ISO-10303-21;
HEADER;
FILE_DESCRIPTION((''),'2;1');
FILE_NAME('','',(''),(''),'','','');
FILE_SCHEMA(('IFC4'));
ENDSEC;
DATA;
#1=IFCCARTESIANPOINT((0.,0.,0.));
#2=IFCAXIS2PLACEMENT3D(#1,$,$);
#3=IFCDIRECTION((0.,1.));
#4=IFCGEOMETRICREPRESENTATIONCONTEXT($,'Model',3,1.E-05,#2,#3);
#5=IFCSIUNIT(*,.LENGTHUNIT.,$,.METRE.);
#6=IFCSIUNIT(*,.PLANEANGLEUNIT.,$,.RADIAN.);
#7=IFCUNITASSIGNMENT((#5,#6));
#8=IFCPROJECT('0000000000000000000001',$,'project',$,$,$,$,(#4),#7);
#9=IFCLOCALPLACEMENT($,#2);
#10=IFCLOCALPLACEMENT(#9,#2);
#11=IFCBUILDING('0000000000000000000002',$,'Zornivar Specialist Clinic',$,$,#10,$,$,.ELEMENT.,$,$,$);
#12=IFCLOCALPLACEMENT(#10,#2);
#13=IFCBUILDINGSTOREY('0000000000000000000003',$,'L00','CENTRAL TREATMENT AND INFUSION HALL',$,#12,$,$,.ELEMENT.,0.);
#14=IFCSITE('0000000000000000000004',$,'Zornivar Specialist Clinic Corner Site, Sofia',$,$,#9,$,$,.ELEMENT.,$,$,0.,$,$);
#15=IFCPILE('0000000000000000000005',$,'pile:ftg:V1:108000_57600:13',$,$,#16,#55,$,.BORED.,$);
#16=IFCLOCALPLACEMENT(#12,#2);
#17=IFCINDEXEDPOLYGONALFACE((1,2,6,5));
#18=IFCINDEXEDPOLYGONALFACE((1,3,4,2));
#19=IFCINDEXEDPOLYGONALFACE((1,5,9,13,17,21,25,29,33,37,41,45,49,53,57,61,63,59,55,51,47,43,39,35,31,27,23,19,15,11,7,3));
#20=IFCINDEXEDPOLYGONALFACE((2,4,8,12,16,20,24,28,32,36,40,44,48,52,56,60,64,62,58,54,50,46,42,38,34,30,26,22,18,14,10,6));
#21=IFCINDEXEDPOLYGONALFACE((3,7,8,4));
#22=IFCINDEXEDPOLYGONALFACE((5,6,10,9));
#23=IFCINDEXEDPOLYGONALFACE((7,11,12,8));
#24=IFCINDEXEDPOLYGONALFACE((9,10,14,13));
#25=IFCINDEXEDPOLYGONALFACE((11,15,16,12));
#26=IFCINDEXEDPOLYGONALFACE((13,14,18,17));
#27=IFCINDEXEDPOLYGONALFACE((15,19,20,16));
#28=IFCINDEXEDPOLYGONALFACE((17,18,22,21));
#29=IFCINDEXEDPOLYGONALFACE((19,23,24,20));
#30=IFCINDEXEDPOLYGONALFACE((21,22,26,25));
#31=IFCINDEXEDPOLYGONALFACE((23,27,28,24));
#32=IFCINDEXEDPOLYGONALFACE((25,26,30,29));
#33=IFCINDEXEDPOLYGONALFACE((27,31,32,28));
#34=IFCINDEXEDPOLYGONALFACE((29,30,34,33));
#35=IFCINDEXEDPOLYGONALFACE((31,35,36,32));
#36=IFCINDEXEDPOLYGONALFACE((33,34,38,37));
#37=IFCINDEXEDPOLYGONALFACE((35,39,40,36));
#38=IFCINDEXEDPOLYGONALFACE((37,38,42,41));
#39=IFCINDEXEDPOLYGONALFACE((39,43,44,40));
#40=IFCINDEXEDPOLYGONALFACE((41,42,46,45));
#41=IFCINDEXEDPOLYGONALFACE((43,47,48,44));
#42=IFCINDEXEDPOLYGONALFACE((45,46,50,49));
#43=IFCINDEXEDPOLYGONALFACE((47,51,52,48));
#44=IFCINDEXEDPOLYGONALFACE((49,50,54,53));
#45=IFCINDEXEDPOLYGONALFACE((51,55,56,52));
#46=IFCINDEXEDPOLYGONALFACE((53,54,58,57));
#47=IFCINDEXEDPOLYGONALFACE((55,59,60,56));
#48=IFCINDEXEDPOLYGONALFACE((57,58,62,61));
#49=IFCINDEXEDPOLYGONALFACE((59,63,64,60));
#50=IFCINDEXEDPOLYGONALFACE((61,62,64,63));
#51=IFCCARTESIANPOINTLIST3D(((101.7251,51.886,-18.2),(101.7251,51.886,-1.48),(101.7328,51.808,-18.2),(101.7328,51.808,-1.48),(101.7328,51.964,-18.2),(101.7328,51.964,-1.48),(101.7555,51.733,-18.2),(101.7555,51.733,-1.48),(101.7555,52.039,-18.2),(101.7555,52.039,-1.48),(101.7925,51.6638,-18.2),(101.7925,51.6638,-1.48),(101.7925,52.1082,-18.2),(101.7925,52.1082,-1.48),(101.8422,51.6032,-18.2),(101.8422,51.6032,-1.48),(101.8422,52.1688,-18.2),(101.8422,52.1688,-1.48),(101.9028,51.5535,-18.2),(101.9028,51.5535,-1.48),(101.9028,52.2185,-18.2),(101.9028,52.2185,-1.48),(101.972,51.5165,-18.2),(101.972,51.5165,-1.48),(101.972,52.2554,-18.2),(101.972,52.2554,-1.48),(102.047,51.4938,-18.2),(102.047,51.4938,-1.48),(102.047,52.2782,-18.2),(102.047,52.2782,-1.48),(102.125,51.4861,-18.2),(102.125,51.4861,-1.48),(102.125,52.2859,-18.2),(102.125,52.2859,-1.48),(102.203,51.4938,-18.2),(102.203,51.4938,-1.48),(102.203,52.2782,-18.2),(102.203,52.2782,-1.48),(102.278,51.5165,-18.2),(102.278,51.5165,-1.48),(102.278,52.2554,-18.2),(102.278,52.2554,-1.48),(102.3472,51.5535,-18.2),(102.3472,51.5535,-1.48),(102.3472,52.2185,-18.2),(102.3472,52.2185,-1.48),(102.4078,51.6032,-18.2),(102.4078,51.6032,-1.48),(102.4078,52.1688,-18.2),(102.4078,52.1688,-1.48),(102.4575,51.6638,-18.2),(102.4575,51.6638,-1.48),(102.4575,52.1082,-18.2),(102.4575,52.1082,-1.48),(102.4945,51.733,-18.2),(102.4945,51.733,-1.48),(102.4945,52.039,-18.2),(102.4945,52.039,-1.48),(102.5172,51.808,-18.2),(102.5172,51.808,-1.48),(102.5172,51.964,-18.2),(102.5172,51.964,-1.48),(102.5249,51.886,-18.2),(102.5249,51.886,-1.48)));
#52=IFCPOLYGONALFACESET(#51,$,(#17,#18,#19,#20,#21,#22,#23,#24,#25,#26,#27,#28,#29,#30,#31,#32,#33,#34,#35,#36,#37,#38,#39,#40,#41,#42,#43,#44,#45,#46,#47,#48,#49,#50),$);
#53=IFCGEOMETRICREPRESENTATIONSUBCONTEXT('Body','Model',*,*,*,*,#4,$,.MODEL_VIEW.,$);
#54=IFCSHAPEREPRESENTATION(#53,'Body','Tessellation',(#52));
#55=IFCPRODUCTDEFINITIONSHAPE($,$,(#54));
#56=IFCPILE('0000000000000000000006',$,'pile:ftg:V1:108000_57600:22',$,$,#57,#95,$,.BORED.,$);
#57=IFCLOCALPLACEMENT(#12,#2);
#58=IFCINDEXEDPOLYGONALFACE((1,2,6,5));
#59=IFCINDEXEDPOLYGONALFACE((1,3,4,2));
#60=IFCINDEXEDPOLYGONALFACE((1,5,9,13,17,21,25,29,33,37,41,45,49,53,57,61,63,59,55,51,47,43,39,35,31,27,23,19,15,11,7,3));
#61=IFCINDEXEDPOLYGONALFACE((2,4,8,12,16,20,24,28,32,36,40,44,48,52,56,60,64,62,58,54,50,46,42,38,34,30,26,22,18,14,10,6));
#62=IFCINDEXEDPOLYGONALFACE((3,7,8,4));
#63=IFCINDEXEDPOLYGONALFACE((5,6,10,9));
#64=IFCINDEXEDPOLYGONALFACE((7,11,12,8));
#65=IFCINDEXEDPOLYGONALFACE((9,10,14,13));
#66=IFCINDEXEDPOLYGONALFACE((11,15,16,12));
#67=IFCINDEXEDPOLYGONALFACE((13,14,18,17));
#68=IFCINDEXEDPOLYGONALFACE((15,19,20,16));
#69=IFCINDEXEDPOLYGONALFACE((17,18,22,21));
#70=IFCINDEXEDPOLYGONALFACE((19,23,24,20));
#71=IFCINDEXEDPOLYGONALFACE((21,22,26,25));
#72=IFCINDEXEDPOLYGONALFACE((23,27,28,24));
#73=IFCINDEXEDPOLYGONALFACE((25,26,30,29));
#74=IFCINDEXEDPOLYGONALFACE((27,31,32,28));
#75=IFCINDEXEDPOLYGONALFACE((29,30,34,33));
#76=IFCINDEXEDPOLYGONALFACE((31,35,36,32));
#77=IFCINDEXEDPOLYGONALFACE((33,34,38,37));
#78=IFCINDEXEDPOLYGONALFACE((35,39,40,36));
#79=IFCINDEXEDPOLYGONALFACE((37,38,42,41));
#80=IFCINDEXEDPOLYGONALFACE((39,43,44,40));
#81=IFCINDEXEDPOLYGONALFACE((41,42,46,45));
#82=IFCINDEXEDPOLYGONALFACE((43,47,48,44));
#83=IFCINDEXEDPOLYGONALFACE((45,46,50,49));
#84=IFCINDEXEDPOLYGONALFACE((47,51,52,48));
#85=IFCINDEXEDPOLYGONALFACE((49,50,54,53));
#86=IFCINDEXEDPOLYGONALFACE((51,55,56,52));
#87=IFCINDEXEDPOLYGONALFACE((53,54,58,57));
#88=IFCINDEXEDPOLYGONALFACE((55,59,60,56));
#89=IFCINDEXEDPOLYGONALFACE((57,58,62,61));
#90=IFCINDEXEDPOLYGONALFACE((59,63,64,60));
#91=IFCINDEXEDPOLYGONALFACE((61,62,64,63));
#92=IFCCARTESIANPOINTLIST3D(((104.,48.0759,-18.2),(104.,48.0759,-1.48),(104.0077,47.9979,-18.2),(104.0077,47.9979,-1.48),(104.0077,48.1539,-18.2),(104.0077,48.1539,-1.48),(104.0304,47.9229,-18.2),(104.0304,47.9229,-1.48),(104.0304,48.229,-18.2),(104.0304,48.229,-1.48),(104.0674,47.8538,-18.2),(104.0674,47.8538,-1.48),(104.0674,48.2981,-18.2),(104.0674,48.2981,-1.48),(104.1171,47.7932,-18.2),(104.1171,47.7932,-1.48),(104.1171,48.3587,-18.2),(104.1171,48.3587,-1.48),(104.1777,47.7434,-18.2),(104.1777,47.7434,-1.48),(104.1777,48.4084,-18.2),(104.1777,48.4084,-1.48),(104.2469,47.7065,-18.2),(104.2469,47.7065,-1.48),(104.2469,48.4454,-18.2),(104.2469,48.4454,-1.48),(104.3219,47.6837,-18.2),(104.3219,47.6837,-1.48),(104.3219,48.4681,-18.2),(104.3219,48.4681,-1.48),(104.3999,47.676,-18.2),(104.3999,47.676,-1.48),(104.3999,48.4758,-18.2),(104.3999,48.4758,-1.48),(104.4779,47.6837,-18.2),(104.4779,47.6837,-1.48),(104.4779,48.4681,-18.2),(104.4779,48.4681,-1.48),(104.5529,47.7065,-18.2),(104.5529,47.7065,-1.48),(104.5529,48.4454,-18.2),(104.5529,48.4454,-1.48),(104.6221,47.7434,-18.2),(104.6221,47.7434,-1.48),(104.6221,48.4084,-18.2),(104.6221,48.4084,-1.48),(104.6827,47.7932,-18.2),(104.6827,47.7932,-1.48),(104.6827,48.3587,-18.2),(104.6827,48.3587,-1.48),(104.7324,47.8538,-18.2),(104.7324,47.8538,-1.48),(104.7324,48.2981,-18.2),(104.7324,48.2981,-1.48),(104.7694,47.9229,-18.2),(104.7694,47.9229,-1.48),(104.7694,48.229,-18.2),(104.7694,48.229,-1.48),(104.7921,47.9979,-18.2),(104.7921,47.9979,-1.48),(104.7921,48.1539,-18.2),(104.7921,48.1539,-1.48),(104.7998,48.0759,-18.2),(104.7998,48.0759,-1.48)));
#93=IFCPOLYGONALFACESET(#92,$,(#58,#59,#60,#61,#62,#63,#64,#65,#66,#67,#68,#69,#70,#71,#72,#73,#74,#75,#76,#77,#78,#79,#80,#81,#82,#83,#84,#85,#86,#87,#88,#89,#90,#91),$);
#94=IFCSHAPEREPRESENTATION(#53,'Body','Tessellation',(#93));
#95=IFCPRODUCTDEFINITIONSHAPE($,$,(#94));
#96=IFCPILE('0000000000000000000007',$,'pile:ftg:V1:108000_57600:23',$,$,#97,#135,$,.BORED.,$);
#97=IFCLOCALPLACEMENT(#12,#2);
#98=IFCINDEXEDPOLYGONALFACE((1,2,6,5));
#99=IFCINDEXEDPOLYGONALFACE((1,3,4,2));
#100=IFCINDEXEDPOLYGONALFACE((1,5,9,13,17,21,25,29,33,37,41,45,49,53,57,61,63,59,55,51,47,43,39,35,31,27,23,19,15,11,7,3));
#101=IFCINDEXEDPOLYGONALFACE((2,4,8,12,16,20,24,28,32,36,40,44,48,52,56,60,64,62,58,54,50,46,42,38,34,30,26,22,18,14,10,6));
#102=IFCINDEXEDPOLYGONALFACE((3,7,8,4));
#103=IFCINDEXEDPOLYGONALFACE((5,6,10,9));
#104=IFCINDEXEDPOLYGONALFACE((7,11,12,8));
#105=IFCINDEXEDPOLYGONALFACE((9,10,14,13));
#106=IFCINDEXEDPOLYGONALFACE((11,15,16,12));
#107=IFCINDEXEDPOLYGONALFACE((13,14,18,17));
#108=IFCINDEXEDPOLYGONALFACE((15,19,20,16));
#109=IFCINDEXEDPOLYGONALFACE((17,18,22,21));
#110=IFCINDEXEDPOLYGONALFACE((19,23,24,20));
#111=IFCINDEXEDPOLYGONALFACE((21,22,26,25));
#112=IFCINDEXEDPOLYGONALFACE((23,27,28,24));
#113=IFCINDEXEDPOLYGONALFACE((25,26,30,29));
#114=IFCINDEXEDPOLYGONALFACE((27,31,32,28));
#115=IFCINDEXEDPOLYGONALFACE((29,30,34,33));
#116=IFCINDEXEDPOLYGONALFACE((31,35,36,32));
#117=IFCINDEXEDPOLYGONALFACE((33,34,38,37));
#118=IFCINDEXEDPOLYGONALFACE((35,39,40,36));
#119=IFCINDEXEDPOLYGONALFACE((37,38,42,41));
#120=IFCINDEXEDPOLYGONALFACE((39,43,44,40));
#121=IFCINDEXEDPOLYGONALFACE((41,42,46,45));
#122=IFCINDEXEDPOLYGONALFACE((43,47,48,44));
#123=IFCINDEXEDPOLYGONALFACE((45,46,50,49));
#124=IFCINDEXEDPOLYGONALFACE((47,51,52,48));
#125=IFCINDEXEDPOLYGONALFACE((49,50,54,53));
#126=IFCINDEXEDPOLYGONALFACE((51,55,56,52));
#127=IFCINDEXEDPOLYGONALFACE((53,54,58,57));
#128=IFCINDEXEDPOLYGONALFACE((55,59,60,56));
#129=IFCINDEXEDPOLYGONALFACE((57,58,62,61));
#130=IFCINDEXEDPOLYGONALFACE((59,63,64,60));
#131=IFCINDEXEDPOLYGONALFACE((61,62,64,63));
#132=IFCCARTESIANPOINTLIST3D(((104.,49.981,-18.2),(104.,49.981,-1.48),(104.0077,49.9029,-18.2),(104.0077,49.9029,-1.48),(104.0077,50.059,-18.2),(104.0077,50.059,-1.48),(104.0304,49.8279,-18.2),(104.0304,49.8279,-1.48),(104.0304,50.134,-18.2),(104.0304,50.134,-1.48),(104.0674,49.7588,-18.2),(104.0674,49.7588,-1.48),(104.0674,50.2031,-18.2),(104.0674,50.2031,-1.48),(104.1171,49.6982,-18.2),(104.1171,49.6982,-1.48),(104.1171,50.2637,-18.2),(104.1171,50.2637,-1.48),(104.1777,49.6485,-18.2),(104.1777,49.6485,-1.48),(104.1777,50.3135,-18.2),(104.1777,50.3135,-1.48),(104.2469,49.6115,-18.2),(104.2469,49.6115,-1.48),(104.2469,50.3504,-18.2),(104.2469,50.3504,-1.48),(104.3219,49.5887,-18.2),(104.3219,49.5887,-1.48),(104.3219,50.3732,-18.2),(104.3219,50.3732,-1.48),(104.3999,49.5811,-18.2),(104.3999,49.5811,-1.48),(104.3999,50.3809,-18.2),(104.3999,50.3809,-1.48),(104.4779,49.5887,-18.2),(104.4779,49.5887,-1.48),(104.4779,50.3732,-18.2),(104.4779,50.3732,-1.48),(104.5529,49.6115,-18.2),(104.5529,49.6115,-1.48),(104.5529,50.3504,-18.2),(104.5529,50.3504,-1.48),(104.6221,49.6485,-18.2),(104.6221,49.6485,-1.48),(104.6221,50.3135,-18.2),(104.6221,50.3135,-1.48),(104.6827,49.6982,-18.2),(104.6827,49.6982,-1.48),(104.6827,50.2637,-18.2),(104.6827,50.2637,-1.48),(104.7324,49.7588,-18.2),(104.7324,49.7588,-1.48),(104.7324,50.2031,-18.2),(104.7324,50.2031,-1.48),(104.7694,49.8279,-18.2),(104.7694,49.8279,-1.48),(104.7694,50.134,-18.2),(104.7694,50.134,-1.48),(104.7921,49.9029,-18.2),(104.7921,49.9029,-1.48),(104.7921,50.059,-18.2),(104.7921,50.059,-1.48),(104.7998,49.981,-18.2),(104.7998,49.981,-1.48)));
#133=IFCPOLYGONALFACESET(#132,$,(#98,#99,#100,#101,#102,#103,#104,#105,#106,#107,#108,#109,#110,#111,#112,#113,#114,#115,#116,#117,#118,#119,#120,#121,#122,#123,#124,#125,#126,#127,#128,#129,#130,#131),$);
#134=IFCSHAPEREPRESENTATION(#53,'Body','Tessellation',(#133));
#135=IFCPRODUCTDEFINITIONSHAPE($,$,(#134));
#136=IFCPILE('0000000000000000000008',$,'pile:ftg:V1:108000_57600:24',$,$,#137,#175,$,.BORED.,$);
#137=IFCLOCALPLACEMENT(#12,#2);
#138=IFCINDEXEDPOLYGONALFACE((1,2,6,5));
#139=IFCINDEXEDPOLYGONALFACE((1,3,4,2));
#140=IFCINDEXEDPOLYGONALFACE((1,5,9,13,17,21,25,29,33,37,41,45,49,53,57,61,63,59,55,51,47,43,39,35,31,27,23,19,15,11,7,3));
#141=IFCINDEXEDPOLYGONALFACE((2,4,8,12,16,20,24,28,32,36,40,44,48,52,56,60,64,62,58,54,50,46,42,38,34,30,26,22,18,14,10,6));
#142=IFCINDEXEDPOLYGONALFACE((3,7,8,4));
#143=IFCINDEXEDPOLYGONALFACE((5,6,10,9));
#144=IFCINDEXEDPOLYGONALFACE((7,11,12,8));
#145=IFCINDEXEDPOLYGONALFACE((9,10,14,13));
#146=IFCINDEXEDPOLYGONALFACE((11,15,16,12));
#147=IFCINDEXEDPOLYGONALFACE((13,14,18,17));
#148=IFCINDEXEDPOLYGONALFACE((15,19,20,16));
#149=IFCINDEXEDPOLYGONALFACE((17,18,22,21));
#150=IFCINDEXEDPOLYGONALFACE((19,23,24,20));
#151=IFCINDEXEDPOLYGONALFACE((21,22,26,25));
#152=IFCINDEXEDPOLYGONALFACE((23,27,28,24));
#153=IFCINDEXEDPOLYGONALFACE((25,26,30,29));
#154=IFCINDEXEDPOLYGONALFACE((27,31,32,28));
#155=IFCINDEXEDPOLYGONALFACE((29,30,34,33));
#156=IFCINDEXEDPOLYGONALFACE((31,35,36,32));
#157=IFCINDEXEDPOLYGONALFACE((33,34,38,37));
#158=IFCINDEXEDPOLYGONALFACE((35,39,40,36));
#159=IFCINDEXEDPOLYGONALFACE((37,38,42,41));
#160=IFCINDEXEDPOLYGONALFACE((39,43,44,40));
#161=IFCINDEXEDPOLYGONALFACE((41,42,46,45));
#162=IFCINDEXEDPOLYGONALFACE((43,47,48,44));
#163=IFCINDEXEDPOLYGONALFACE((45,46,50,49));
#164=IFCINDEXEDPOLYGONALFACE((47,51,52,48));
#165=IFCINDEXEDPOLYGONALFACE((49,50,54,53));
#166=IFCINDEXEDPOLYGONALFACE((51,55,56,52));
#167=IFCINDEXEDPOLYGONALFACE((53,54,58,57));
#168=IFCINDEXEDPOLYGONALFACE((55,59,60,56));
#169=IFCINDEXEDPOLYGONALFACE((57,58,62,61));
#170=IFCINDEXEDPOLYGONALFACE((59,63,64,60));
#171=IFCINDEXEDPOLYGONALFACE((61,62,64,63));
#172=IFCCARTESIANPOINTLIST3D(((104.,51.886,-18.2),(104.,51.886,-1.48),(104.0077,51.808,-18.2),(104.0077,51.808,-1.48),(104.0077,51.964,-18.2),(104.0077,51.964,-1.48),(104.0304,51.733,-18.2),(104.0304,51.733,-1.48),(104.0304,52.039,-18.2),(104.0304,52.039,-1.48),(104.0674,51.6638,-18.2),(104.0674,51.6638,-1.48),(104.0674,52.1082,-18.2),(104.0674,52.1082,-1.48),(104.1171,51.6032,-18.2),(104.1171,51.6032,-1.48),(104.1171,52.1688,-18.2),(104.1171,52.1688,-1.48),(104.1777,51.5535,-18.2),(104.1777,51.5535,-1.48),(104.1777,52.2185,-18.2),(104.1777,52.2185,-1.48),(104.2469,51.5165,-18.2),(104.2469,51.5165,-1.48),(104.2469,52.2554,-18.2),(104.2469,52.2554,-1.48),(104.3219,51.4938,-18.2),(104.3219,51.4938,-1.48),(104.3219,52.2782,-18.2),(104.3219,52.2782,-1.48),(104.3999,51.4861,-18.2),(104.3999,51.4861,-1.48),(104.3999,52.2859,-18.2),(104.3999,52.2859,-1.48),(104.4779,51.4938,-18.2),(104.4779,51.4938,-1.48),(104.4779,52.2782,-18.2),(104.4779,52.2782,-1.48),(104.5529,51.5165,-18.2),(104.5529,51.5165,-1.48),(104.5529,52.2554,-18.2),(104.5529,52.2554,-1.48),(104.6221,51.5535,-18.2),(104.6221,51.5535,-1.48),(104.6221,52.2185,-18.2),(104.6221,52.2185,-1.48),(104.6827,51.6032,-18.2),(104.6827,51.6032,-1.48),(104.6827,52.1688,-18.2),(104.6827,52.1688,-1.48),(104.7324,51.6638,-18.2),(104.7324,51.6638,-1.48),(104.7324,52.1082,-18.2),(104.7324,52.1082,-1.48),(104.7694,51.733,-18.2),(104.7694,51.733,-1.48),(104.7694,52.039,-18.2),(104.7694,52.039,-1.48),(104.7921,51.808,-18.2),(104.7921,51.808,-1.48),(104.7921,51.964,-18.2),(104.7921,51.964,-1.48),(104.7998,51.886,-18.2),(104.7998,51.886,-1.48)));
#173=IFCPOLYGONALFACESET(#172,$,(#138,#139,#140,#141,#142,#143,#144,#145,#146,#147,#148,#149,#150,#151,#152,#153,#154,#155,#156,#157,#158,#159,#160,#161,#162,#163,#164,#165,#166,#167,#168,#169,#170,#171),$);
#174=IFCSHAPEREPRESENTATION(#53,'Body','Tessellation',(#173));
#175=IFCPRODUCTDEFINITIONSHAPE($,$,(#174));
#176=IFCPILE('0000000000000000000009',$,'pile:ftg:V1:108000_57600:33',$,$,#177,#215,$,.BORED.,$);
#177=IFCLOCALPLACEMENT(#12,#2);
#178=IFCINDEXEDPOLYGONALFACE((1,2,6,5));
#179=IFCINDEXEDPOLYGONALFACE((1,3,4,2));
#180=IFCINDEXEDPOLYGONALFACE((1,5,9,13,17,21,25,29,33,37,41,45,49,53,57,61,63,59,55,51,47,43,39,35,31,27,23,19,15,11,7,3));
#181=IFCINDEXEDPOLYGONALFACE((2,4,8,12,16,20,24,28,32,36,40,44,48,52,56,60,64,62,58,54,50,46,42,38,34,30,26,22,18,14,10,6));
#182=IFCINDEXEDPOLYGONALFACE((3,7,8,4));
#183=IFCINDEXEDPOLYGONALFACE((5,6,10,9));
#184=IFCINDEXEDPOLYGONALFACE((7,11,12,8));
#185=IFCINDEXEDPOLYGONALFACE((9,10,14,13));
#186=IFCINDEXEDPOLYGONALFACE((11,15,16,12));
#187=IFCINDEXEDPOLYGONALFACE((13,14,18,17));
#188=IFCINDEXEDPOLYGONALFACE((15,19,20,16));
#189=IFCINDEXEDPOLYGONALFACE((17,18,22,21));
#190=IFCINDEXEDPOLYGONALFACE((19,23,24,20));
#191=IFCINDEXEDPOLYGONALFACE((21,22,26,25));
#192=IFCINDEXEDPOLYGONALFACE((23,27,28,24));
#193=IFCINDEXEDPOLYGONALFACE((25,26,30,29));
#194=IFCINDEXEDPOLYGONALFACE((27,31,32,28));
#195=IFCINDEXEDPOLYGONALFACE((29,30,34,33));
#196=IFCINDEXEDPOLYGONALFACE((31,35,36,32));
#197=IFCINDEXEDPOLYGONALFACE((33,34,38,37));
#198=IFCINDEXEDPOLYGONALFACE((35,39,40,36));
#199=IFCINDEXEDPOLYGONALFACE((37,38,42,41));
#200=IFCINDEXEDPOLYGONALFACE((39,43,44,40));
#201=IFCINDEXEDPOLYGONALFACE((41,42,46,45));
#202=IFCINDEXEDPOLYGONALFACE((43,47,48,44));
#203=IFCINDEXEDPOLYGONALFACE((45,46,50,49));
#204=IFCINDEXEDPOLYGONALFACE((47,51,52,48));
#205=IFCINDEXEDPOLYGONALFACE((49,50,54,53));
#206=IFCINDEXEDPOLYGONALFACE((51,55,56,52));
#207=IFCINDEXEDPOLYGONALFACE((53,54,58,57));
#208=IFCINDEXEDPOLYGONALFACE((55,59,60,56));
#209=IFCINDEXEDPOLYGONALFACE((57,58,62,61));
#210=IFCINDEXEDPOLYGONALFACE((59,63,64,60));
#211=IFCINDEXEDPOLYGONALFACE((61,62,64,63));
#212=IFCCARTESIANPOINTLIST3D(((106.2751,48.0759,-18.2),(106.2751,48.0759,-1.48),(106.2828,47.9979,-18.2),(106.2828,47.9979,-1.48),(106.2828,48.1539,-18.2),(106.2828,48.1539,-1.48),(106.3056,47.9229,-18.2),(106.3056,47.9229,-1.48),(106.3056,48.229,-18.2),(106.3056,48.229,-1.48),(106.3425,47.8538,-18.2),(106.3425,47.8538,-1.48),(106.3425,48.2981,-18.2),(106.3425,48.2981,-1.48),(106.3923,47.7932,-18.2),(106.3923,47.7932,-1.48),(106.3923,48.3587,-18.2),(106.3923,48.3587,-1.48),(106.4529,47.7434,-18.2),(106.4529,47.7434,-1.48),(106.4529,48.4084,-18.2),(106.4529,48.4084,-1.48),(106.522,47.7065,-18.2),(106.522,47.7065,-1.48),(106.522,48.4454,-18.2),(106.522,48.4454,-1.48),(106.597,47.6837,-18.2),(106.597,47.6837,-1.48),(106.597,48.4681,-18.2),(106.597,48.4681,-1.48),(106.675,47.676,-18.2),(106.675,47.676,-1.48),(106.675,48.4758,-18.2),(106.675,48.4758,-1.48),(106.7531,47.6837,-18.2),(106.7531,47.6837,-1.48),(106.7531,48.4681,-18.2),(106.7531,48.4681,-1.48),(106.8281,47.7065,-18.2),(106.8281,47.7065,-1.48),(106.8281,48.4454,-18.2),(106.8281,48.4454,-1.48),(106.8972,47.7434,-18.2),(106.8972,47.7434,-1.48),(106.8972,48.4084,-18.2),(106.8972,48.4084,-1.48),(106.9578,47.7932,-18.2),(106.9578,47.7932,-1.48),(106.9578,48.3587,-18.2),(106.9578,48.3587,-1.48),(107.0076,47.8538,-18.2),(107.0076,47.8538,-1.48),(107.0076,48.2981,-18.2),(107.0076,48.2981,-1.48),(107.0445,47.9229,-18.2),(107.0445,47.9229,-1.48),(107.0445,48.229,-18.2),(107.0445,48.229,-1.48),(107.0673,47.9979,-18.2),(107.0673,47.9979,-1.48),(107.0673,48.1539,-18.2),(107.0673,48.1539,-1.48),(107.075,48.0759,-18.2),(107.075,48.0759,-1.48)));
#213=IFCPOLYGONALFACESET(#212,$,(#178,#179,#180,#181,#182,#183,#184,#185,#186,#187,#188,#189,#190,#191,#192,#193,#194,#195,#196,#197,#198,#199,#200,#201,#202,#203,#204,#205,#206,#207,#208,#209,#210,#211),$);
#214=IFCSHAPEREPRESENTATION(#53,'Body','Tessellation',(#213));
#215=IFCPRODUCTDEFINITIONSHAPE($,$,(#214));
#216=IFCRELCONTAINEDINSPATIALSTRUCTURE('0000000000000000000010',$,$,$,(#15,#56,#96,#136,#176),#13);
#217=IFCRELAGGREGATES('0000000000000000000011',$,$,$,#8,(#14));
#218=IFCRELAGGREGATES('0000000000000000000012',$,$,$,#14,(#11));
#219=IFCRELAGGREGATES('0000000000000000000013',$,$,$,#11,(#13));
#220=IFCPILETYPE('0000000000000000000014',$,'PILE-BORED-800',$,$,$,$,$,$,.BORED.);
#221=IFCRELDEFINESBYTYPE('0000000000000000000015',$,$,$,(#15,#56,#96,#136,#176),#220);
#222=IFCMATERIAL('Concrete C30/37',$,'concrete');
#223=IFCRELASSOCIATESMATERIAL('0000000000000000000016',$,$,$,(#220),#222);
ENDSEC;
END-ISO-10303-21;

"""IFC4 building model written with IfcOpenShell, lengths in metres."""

from ifc_helpers import new_model, si_unit, direction, frame, origin, origin_2d, place, context, subcontext, project, spatial, circle, extrude, material, material_profile, profile_set, type_object, element, save


model = new_model("IFC4")

# Units and contexts
model_context = context("Model", 3, precision=1e-05, world=origin(), true_north=direction((0.0, 1.0)))
body_context = subcontext(model_context, "Body", "Model", "MODEL_VIEW")
ifc_project = project(units=[si_unit("LENGTHUNIT", "METRE"), si_unit("PLANEANGLEUNIT", "RADIAN")], contexts=[model_context])

# Site, building, storey
site_placement = place(None, origin())
site = spatial("IfcSite", under=ifc_project, at=site_placement, Name="Zornivar Specialist Clinic Corner Site, Sofia", CompositionType="ELEMENT", RefElevation=0.0)
building_placement = place(site_placement, origin())
building = spatial("IfcBuilding", under=site, at=building_placement, Name="Zornivar Specialist Clinic", CompositionType="ELEMENT")
storey_placement = place(building_placement, origin())
storey = spatial("IfcBuildingStorey", under=building, at=storey_placement, Name="L00", Description="CENTRAL TREATMENT AND INFUSION HALL", CompositionType="ELEMENT", Elevation=0.0)

# Piles
ifc_material_1 = material(Name="Concrete C30/37", Category="concrete")
ifc_material_profile_1 = material_profile(ifc_material_1, circle(Radius=0.3999, at=origin_2d()), Name="PILE D800")
ifc_profile_set_1 = profile_set([ifc_material_profile_1], Name="Concrete C30/37")
pile_type = type_object("IfcPileType", Name="PILE-BORED-800", PredefinedType="BORED", material=ifc_profile_set_1)
for number, where, z_axis, x_axis, name in (
    (1, (102.125, 51.886, -1.48), (0.0, 0.0, -1.0), (1.0, 0.0, 0.0), "pile:ftg:V1:108000_57600:13"),
    (2, (104.3999, 48.0759, -1.48), (0.0, 0.0, -1.0), (1.0, 0.0, 0.0), "pile:ftg:V1:108000_57600:22"),
    (3, (104.3999, 49.981, -1.48), (0.0, 0.0, -1.0), (1.0, 0.0, 0.0), "pile:ftg:V1:108000_57600:23"),
    (4, (104.3999, 51.886, -1.48), (0.0, 0.0, -1.0), (1.0, 0.0, 0.0), "pile:ftg:V1:108000_57600:24"),
    (5, (106.675, 48.0759, -1.48), (0.0, 0.0, -1.0), (1.0, 0.0, 0.0), "pile:ftg:V1:108000_57600:33"),
):
    element("IfcPile", number, at=place(storey_placement, frame(where, z_axis=z_axis, x_axis=x_axis)), inside=storey, type_object=pile_type, Name=name, PredefinedType="BORED", context=body_context, shape_type="SweptSolid", body=[
        extrude(circle(Radius=0.3999, at=origin_2d()), origin(), (0.0, 0.0, 1.0), 16.72),
    ])

save(model, "model.ifc")
